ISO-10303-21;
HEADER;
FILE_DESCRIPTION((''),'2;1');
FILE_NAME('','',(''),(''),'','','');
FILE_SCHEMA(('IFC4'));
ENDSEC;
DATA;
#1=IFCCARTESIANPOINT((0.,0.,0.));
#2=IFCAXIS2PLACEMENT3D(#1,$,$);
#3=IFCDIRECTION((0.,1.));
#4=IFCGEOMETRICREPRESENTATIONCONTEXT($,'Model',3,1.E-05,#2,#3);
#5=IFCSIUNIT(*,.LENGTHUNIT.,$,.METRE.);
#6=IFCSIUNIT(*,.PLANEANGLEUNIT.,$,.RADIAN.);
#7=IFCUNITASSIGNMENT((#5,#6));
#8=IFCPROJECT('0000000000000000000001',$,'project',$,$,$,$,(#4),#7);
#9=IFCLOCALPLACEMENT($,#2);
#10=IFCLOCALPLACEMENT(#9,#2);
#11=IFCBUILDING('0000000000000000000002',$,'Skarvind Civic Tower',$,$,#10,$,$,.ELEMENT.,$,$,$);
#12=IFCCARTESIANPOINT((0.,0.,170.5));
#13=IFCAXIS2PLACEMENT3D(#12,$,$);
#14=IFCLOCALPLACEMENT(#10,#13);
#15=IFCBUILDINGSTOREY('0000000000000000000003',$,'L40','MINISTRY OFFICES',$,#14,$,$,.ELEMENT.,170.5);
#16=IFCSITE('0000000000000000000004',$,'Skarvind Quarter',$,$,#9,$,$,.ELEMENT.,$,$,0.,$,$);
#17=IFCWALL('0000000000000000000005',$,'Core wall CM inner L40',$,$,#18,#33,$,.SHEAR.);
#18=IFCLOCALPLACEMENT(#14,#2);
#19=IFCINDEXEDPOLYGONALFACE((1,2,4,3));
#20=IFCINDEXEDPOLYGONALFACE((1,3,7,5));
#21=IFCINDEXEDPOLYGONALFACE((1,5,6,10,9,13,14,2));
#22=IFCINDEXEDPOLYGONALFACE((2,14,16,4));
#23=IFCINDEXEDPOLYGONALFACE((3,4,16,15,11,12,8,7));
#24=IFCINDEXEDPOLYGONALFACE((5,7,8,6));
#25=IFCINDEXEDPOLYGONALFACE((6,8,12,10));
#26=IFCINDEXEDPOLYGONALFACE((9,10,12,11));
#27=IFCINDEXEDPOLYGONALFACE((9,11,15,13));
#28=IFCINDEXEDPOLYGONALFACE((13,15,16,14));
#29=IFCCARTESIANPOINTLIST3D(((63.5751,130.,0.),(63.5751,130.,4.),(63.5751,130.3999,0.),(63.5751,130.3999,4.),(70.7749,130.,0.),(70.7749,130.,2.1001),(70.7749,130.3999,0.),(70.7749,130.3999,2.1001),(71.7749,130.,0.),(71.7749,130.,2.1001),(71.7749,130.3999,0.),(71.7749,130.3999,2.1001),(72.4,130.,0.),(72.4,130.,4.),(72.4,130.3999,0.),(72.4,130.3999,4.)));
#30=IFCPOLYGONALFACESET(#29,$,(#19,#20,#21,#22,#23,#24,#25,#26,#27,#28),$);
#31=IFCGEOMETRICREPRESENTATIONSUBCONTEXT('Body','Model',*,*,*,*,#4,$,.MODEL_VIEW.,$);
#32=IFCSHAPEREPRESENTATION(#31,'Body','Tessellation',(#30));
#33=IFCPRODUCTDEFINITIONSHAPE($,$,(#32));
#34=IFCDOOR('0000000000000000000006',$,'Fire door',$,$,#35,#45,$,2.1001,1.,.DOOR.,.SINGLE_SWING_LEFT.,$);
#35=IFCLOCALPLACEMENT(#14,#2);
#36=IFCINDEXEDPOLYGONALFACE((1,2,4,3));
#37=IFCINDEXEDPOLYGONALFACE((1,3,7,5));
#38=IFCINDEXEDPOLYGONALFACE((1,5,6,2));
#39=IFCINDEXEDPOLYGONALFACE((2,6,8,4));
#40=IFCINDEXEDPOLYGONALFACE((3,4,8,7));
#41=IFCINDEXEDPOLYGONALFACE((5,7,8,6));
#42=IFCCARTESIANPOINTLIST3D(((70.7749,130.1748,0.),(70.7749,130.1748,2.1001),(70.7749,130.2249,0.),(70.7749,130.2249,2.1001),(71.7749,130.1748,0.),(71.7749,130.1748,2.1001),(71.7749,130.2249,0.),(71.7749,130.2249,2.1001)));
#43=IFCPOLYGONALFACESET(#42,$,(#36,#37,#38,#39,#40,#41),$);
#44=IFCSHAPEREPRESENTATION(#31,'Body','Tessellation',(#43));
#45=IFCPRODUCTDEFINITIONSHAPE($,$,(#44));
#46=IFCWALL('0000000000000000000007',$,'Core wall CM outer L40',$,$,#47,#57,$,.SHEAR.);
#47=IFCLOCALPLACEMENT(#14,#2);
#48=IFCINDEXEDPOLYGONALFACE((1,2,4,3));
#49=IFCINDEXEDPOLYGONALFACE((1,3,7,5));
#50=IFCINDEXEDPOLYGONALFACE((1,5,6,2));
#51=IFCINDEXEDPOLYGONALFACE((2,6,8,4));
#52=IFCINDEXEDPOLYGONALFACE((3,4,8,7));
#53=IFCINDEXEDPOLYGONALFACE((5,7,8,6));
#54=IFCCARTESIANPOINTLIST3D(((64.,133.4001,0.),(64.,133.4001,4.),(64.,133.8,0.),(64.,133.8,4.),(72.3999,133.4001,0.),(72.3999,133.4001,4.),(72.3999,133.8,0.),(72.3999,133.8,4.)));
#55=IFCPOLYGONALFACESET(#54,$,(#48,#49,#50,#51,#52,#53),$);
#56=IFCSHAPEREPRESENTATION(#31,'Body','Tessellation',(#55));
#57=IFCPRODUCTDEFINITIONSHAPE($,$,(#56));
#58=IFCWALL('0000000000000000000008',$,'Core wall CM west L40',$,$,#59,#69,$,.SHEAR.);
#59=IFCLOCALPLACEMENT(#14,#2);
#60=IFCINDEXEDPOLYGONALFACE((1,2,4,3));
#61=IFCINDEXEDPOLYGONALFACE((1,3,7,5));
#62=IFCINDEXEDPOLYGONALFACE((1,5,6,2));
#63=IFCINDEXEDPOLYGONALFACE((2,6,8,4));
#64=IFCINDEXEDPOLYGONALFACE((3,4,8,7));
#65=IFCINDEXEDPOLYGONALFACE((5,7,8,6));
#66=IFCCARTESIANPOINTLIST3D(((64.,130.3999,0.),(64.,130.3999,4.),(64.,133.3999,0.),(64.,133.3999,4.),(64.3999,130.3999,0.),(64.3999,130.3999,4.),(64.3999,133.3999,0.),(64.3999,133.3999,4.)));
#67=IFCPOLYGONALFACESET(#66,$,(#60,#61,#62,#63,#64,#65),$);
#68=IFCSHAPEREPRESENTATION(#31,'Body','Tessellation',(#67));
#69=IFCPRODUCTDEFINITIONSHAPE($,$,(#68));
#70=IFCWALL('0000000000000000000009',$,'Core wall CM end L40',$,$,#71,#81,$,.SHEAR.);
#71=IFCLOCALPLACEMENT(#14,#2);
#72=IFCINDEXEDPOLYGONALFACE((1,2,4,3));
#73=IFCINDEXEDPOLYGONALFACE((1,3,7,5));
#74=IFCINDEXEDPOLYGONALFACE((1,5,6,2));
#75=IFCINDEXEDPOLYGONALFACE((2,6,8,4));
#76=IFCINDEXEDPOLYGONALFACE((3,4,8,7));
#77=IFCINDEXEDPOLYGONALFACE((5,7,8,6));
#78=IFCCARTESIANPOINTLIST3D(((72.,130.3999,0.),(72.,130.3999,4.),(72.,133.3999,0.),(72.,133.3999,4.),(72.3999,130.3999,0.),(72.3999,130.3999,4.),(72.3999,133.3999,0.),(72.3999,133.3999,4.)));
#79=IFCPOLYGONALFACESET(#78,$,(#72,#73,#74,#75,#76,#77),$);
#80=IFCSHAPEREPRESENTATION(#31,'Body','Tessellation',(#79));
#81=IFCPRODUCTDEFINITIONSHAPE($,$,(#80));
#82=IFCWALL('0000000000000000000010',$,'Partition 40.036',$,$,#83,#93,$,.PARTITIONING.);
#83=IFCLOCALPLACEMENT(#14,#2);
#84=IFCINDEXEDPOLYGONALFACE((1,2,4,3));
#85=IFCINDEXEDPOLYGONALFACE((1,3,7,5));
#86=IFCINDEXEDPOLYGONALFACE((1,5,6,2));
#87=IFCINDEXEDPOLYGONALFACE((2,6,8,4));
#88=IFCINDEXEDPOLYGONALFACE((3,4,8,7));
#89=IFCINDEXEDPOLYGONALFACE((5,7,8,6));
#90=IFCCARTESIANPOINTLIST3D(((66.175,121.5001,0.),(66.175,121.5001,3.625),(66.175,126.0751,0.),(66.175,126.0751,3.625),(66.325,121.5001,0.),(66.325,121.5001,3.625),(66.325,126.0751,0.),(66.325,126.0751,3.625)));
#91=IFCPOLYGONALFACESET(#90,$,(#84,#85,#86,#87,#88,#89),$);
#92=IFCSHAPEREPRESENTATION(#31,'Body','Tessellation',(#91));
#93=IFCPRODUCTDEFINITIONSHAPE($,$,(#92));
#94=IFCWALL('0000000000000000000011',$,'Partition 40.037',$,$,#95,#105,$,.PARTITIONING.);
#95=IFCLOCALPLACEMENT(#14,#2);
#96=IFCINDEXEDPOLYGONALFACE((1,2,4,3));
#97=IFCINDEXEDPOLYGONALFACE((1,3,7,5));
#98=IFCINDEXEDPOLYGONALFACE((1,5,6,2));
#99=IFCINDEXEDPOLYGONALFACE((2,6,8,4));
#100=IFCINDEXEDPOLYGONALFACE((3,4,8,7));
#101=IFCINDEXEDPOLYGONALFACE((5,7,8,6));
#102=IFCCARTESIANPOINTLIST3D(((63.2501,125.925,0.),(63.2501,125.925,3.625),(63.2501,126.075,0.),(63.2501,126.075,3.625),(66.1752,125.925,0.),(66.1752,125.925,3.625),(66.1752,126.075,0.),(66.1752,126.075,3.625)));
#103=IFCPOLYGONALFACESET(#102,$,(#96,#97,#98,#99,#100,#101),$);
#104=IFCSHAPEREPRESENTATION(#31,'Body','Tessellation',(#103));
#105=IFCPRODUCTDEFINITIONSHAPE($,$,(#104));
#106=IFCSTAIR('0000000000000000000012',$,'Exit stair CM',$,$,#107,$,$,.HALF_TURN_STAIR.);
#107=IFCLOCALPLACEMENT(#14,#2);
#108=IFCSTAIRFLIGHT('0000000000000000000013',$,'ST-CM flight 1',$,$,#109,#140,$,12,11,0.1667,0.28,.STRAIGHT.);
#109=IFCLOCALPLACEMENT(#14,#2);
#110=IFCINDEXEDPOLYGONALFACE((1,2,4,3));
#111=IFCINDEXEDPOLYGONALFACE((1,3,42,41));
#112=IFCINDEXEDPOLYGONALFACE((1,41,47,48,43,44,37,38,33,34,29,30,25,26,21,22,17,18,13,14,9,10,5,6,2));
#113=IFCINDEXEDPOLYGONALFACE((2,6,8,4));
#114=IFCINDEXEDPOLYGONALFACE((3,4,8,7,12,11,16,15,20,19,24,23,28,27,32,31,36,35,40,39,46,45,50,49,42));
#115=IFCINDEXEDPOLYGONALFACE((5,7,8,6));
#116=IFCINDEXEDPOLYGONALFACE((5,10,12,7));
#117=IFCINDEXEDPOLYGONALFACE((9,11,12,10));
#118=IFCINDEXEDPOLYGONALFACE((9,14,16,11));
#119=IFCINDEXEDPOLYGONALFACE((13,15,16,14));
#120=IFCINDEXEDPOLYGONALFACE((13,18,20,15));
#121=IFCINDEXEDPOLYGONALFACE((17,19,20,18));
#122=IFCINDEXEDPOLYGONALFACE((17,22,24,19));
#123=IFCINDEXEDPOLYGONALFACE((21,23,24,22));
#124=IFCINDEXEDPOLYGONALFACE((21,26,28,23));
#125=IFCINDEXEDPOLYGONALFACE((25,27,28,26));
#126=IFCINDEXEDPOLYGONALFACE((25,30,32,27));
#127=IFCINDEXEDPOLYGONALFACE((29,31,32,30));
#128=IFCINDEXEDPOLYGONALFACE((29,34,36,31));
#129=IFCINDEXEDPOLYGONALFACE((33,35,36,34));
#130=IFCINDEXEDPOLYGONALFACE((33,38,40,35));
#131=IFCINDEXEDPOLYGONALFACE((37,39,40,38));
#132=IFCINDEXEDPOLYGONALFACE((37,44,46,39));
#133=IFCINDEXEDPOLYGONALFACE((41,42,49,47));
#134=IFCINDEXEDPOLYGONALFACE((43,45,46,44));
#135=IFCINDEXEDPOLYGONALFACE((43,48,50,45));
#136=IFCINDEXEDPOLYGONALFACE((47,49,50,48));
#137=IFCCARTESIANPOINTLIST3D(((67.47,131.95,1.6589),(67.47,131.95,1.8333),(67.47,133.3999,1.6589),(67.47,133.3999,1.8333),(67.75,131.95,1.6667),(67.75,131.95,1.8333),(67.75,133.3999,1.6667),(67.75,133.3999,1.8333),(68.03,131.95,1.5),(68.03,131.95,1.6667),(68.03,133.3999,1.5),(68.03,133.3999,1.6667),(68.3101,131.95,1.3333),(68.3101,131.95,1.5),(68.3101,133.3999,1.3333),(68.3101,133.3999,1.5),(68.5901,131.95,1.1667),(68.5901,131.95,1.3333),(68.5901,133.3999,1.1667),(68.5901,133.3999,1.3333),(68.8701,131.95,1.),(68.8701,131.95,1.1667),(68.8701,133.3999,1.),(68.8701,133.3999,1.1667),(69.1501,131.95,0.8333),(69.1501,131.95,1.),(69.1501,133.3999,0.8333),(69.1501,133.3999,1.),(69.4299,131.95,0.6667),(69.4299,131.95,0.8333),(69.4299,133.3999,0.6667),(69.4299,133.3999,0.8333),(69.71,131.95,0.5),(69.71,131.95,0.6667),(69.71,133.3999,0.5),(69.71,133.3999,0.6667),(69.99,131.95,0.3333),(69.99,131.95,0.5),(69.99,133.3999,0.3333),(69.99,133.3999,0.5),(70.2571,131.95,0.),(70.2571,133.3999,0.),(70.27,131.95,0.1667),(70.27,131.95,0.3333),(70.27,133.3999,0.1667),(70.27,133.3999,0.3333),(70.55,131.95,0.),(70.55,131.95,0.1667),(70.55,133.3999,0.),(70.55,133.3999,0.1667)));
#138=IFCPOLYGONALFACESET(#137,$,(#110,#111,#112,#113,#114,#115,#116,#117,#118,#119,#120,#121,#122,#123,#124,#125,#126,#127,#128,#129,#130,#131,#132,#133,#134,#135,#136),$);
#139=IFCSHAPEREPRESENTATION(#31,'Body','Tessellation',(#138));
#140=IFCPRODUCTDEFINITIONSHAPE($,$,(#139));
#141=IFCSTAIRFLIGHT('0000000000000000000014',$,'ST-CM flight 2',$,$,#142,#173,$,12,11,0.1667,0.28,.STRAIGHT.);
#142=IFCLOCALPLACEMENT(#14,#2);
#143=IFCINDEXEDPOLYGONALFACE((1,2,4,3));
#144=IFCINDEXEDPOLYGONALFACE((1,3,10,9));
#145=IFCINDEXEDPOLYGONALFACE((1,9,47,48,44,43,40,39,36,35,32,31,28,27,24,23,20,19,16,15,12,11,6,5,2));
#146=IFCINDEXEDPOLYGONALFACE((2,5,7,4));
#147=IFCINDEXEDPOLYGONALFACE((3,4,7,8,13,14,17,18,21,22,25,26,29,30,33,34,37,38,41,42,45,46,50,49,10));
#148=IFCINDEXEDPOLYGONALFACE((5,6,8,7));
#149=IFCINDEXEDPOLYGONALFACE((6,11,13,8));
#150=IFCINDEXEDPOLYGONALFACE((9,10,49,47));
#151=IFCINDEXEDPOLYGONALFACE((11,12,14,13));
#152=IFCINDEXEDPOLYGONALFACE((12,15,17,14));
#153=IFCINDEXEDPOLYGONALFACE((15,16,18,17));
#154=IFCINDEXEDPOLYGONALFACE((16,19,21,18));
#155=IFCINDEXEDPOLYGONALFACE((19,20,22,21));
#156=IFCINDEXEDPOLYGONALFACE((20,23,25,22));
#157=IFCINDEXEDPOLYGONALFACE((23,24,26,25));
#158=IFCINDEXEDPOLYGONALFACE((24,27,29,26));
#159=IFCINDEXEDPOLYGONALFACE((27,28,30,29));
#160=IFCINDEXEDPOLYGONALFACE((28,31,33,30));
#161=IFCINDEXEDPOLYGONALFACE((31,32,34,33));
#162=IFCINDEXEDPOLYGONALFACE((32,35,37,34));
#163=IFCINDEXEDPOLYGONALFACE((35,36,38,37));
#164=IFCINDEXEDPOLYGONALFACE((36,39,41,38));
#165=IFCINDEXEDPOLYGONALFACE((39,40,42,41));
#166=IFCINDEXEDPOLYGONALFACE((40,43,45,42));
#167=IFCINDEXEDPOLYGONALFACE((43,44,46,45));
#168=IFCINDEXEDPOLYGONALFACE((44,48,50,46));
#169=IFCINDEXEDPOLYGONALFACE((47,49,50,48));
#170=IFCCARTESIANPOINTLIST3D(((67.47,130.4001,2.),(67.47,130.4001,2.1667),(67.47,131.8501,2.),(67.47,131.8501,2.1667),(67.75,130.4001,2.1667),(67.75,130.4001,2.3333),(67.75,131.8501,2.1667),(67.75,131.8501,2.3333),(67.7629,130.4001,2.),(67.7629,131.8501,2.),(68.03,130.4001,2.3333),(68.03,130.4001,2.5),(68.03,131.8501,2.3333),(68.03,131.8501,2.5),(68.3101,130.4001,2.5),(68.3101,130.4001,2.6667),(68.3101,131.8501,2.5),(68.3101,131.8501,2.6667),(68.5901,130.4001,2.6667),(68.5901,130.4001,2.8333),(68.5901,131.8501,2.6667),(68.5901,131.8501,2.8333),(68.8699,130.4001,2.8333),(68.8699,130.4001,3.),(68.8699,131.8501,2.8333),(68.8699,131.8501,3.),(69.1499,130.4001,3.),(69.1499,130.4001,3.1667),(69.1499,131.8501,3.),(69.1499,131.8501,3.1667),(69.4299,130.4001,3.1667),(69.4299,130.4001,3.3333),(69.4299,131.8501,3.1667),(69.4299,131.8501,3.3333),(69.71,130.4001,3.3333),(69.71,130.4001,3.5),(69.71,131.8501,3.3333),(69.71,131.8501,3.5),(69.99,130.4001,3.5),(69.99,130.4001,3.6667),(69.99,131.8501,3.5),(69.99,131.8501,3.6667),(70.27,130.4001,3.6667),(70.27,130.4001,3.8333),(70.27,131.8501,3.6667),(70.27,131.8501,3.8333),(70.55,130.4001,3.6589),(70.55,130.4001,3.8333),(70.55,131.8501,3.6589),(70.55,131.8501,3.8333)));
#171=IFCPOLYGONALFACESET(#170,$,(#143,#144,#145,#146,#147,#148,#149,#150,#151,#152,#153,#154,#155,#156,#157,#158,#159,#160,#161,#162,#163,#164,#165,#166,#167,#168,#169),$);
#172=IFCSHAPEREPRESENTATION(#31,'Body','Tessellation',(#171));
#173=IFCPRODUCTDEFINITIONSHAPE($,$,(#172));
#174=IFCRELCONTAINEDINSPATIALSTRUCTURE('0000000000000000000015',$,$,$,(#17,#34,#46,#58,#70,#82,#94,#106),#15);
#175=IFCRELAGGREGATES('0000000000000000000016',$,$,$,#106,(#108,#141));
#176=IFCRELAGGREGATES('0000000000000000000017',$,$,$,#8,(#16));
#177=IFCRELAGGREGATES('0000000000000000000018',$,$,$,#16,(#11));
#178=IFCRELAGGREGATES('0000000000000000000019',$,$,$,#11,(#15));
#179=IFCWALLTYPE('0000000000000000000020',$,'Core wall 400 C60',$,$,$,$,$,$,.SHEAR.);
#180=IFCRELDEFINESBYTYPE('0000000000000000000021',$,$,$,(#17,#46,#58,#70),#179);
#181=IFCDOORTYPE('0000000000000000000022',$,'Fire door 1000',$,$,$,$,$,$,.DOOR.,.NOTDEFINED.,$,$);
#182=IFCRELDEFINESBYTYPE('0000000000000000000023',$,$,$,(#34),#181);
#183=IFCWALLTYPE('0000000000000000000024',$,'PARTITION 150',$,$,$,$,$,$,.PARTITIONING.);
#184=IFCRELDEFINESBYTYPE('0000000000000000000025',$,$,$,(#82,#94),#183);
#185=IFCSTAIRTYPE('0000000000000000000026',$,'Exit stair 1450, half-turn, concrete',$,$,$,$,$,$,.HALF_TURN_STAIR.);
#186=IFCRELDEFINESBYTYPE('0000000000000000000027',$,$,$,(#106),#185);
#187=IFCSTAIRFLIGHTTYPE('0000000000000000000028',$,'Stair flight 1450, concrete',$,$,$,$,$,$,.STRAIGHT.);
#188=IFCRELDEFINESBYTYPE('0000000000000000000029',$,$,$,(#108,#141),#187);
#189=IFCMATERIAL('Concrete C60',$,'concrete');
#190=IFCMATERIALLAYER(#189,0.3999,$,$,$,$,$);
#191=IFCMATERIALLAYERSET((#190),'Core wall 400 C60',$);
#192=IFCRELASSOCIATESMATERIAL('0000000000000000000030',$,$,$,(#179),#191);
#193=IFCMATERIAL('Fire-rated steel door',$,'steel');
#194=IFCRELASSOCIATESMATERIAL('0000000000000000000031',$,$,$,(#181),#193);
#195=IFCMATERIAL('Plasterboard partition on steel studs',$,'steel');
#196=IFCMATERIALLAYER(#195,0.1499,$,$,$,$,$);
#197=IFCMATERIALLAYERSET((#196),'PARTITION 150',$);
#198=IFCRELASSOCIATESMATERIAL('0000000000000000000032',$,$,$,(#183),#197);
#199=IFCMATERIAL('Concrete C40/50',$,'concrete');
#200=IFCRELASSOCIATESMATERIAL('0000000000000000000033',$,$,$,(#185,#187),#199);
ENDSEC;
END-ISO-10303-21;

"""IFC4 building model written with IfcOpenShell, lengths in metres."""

from ifc_helpers import new_model, si_unit, direction, frame, frame_2d, origin, place, context, subcontext, project, spatial, polyline, rectangle, outline, extrude, material, layer, layer_set, type_object, element, fill, aggregate, save


model = new_model("IFC4")

# Units and contexts
model_context = context("Model", 3, precision=1e-05, world=origin(), true_north=direction((0.0, 1.0)))
body_context = subcontext(model_context, "Body", "Model", "MODEL_VIEW")
ifc_project = project(units=[si_unit("LENGTHUNIT", "METRE"), si_unit("PLANEANGLEUNIT", "RADIAN")], contexts=[model_context])

# Site, building, storey
site_placement = place(None, origin())
site = spatial("IfcSite", under=ifc_project, at=site_placement, Name="Skarvind Quarter", CompositionType="ELEMENT", RefElevation=0.0)
building_placement = place(site_placement, origin())
building = spatial("IfcBuilding", under=site, at=building_placement, Name="Skarvind Civic Tower", CompositionType="ELEMENT")
storey_placement = place(building_placement, frame((0.0, 0.0, 170.5)))
storey = spatial("IfcBuildingStorey", under=building, at=storey_placement, Name="L40", Description="MINISTRY OFFICES", CompositionType="ELEMENT", Elevation=170.5)

# Shared definitions
ifc_material_1 = material(Name="Concrete C60", Category="concrete")

# Wall, opening, door
ifc_layer_1 = layer(ifc_material_1, 0.3999)
ifc_layer_set_1 = layer_set([ifc_layer_1], Name="Core wall 400 C60")
wall_type_1 = type_object("IfcWallType", Name="Core wall 400 C60", PredefinedType="SHEAR", material=ifc_layer_set_1)
wall_1_placement = place(storey_placement, frame((63.575, 130.2, 0.0), z_axis=(0.0, 0.0, 1.0), x_axis=(1.0, 0.0, 0.0)))
wall_1 = element("IfcWall", 1, at=wall_1_placement, inside=storey, type_object=wall_type_1, Name="Core wall CM inner L40", PredefinedType="SHEAR", context=body_context, shape_type="SweptSolid", body=[
    extrude(rectangle(XDim=8.825, YDim=0.3999, at=frame_2d((4.4126, 0.0))), origin(), (0.0, 0.0, 1.0), 4.0),
])
opening_1_placement = place(wall_1_placement, frame((7.2, 0.0, 0.0)))
opening_1 = element("IfcOpeningElement", 2, at=opening_1_placement, cuts=wall_1, PredefinedType="OPENING", context=body_context, shape_type="SweptSolid", body=[
    extrude(rectangle(XDim=1.0, YDim=2.1001, at=frame_2d((0.5, 1.05))), frame((0.0, 0.21, 0.0), z_axis=(0.0, -1.0, 0.0), x_axis=(1.0, 0.0, 0.0)), (0.0, 0.0, 1.0), 0.4199),
])
ifc_material_2 = material(Name="Fire-rated steel door", Category="steel")
door_type_1 = type_object("IfcDoorType", Name="Fire door 1000", OperationType="NOTDEFINED", PredefinedType="DOOR", material=ifc_material_2)
door_1_placement = place(opening_1_placement, origin())
door_1 = element("IfcDoor", 3, at=door_1_placement, inside=storey, type_object=door_type_1, Name="Fire door", OperationType="SINGLE_SWING_LEFT", OverallHeight=2.1001, OverallWidth=1.0, PredefinedType="DOOR", context=body_context, shape_type="SweptSolid", body=[
    extrude(rectangle(XDim=1.0, YDim=2.1001, at=frame_2d((0.5, 1.05))), frame((0.0, 0.0249, 0.0), z_axis=(0.0, -1.0, 0.0), x_axis=(1.0, 0.0, 0.0)), (0.0, 0.0, 1.0), 0.05),
])
fill(opening_1, door_1)

# Walls
wall_2_placement = place(storey_placement, frame((64.0, 133.6001, 0.0), z_axis=(0.0, 0.0, 1.0), x_axis=(1.0, 0.0, 0.0)))
element("IfcWall", 4, at=wall_2_placement, inside=storey, type_object=wall_type_1, Name="Core wall CM outer L40", PredefinedType="SHEAR", context=body_context, shape_type="SweptSolid", body=[
    extrude(rectangle(XDim=8.3999, YDim=0.3999, at=frame_2d((4.2, 0.0))), origin(), (0.0, 0.0, 1.0), 4.0),
])
for number, where, z_axis, x_axis, name in (
    (5, (64.2, 130.3999, 0.0), (0.0, 0.0, 1.0), (0.0, 1.0, 0.0), "Core wall CM west L40"),
    (6, (72.2, 130.3999, 0.0), (0.0, 0.0, 1.0), (0.0, 1.0, 0.0), "Core wall CM end L40"),
):
    element("IfcWall", number, at=place(storey_placement, frame(where, z_axis=z_axis, x_axis=x_axis)), inside=storey, type_object=wall_type_1, Name=name, PredefinedType="SHEAR", context=body_context, shape_type="SweptSolid", body=[
        extrude(rectangle(XDim=3.0, YDim=0.3999, at=frame_2d((1.5, 0.0))), origin(), (0.0, 0.0, 1.0), 4.0),
    ])
ifc_material_3 = material(Name="Plasterboard partition on steel studs", Category="steel")
ifc_layer_2 = layer(ifc_material_3, 0.1499)
ifc_layer_set_2 = layer_set([ifc_layer_2], Name="PARTITION 150")
wall_type_2 = type_object("IfcWallType", Name="PARTITION 150", PredefinedType="PARTITIONING", material=ifc_layer_set_2)
wall_3_placement = place(storey_placement, frame((66.25, 121.5, 0.0), z_axis=(0.0, 0.0, 1.0), x_axis=(0.0, 1.0, 0.0)))
element("IfcWall", 7, at=wall_3_placement, inside=storey, type_object=wall_type_2, Name="Partition 40.036", PredefinedType="PARTITIONING", context=body_context, shape_type="SweptSolid", body=[
    extrude(rectangle(XDim=4.575, YDim=0.1499, at=frame_2d((2.2876, 0.0))), origin(), (0.0, 0.0, 1.0), 3.625),
])
wall_4_placement = place(storey_placement, frame((66.175, 126.0, 0.0), z_axis=(0.0, 0.0, 1.0), x_axis=(-1.0, 0.0, 0.0)))
element("IfcWall", 8, at=wall_4_placement, inside=storey, type_object=wall_type_2, Name="Partition 40.037", PredefinedType="PARTITIONING", context=body_context, shape_type="SweptSolid", body=[
    extrude(rectangle(XDim=2.925, YDim=0.1499, at=frame_2d((1.4624, 0.0))), origin(), (0.0, 0.0, 1.0), 3.625),
])

# Stair, stair flights
ifc_material_4 = material(Name="Concrete C40/50", Category="concrete")
stair_type = type_object("IfcStairType", Name="Exit stair 1450, half-turn, concrete", PredefinedType="HALF_TURN_STAIR", material=ifc_material_4)
stair_placement = place(storey_placement, origin())
stair = element("IfcStair", 9, at=stair_placement, inside=storey, type_object=stair_type, Name="Exit stair CM", PredefinedType="HALF_TURN_STAIR")
stair_flight_type = type_object("IfcStairFlightType", Name="Stair flight 1450, concrete", PredefinedType="STRAIGHT", material=ifc_material_4)
stair_flight_1_placement = place(storey_placement, frame((70.55, 132.675, 0.0), z_axis=(0.0, 0.0, 1.0), x_axis=(-1.0, 0.0, 0.0)))
stair_flight_1 = element("IfcStairFlight", 10, at=stair_flight_1_placement, type_object=stair_flight_type, Name="ST-CM flight 1", NumberOfRisers=12, NumberOfTreads=11, PredefinedType="STRAIGHT", RiserHeight=0.1667, TreadLength=0.28, context=body_context, shape_type="SweptSolid", body=[
    extrude(outline(polyline([(0.0, 0.0), (0.0, 0.1667), (0.28, 0.1667), (0.28, 0.3333), (0.5601, 0.3333), (0.5601, 0.5), (0.8401, 0.5), (0.8401, 0.6667), (1.1201, 0.6667), (1.1201, 0.8333), (1.3999, 0.8333), (1.3999, 1.0), (1.6799, 1.0), (1.6799, 1.1667), (1.96, 1.1667), (1.96, 1.3333), (2.24, 1.3333), (2.24, 1.5), (2.52, 1.5), (2.52, 1.6667), (2.8, 1.6667), (2.8, 1.8333), (3.0801, 1.8333), (3.0801, 2.0), (3.0801, 1.6589), (0.293, 0.0), (0.0, 0.0)])), frame((0.0, 0.7251, 0.0), z_axis=(0.0, -1.0, 0.0), x_axis=(1.0, 0.0, 0.0)), (0.0, 0.0, 1.0), 1.45),
])
stair_flight_2_placement = place(storey_placement, frame((67.47, 131.125, 2.0), z_axis=(0.0, 0.0, 1.0), x_axis=(1.0, 0.0, 0.0)))
stair_flight_2 = element("IfcStairFlight", 11, at=stair_flight_2_placement, type_object=stair_flight_type, Name="ST-CM flight 2", NumberOfRisers=12, NumberOfTreads=11, PredefinedType="STRAIGHT", RiserHeight=0.1667, TreadLength=0.28, context=body_context, shape_type="SweptSolid", body=[
    extrude(outline(polyline([(0.0, 0.0), (0.0, 0.1667), (0.28, 0.1667), (0.28, 0.3333), (0.5601, 0.3333), (0.5601, 0.5), (0.8401, 0.5), (0.8401, 0.6667), (1.1201, 0.6667), (1.1201, 0.8333), (1.3999, 0.8333), (1.3999, 1.0), (1.6799, 1.0), (1.6799, 1.1667), (1.96, 1.1667), (1.96, 1.3333), (2.24, 1.3333), (2.24, 1.5), (2.52, 1.5), (2.52, 1.6667), (2.8, 1.6667), (2.8, 1.8333), (3.0801, 1.8333), (3.0801, 2.0), (3.0801, 1.6589), (0.293, 0.0), (0.0, 0.0)])), frame((0.0, 0.7251, 0.0), z_axis=(0.0, -1.0, 0.0), x_axis=(1.0, 0.0, 0.0)), (0.0, 0.0, 1.0), 1.45),
])
aggregate(stair, [stair_flight_1, stair_flight_2])

save(model, "model.ifc")
